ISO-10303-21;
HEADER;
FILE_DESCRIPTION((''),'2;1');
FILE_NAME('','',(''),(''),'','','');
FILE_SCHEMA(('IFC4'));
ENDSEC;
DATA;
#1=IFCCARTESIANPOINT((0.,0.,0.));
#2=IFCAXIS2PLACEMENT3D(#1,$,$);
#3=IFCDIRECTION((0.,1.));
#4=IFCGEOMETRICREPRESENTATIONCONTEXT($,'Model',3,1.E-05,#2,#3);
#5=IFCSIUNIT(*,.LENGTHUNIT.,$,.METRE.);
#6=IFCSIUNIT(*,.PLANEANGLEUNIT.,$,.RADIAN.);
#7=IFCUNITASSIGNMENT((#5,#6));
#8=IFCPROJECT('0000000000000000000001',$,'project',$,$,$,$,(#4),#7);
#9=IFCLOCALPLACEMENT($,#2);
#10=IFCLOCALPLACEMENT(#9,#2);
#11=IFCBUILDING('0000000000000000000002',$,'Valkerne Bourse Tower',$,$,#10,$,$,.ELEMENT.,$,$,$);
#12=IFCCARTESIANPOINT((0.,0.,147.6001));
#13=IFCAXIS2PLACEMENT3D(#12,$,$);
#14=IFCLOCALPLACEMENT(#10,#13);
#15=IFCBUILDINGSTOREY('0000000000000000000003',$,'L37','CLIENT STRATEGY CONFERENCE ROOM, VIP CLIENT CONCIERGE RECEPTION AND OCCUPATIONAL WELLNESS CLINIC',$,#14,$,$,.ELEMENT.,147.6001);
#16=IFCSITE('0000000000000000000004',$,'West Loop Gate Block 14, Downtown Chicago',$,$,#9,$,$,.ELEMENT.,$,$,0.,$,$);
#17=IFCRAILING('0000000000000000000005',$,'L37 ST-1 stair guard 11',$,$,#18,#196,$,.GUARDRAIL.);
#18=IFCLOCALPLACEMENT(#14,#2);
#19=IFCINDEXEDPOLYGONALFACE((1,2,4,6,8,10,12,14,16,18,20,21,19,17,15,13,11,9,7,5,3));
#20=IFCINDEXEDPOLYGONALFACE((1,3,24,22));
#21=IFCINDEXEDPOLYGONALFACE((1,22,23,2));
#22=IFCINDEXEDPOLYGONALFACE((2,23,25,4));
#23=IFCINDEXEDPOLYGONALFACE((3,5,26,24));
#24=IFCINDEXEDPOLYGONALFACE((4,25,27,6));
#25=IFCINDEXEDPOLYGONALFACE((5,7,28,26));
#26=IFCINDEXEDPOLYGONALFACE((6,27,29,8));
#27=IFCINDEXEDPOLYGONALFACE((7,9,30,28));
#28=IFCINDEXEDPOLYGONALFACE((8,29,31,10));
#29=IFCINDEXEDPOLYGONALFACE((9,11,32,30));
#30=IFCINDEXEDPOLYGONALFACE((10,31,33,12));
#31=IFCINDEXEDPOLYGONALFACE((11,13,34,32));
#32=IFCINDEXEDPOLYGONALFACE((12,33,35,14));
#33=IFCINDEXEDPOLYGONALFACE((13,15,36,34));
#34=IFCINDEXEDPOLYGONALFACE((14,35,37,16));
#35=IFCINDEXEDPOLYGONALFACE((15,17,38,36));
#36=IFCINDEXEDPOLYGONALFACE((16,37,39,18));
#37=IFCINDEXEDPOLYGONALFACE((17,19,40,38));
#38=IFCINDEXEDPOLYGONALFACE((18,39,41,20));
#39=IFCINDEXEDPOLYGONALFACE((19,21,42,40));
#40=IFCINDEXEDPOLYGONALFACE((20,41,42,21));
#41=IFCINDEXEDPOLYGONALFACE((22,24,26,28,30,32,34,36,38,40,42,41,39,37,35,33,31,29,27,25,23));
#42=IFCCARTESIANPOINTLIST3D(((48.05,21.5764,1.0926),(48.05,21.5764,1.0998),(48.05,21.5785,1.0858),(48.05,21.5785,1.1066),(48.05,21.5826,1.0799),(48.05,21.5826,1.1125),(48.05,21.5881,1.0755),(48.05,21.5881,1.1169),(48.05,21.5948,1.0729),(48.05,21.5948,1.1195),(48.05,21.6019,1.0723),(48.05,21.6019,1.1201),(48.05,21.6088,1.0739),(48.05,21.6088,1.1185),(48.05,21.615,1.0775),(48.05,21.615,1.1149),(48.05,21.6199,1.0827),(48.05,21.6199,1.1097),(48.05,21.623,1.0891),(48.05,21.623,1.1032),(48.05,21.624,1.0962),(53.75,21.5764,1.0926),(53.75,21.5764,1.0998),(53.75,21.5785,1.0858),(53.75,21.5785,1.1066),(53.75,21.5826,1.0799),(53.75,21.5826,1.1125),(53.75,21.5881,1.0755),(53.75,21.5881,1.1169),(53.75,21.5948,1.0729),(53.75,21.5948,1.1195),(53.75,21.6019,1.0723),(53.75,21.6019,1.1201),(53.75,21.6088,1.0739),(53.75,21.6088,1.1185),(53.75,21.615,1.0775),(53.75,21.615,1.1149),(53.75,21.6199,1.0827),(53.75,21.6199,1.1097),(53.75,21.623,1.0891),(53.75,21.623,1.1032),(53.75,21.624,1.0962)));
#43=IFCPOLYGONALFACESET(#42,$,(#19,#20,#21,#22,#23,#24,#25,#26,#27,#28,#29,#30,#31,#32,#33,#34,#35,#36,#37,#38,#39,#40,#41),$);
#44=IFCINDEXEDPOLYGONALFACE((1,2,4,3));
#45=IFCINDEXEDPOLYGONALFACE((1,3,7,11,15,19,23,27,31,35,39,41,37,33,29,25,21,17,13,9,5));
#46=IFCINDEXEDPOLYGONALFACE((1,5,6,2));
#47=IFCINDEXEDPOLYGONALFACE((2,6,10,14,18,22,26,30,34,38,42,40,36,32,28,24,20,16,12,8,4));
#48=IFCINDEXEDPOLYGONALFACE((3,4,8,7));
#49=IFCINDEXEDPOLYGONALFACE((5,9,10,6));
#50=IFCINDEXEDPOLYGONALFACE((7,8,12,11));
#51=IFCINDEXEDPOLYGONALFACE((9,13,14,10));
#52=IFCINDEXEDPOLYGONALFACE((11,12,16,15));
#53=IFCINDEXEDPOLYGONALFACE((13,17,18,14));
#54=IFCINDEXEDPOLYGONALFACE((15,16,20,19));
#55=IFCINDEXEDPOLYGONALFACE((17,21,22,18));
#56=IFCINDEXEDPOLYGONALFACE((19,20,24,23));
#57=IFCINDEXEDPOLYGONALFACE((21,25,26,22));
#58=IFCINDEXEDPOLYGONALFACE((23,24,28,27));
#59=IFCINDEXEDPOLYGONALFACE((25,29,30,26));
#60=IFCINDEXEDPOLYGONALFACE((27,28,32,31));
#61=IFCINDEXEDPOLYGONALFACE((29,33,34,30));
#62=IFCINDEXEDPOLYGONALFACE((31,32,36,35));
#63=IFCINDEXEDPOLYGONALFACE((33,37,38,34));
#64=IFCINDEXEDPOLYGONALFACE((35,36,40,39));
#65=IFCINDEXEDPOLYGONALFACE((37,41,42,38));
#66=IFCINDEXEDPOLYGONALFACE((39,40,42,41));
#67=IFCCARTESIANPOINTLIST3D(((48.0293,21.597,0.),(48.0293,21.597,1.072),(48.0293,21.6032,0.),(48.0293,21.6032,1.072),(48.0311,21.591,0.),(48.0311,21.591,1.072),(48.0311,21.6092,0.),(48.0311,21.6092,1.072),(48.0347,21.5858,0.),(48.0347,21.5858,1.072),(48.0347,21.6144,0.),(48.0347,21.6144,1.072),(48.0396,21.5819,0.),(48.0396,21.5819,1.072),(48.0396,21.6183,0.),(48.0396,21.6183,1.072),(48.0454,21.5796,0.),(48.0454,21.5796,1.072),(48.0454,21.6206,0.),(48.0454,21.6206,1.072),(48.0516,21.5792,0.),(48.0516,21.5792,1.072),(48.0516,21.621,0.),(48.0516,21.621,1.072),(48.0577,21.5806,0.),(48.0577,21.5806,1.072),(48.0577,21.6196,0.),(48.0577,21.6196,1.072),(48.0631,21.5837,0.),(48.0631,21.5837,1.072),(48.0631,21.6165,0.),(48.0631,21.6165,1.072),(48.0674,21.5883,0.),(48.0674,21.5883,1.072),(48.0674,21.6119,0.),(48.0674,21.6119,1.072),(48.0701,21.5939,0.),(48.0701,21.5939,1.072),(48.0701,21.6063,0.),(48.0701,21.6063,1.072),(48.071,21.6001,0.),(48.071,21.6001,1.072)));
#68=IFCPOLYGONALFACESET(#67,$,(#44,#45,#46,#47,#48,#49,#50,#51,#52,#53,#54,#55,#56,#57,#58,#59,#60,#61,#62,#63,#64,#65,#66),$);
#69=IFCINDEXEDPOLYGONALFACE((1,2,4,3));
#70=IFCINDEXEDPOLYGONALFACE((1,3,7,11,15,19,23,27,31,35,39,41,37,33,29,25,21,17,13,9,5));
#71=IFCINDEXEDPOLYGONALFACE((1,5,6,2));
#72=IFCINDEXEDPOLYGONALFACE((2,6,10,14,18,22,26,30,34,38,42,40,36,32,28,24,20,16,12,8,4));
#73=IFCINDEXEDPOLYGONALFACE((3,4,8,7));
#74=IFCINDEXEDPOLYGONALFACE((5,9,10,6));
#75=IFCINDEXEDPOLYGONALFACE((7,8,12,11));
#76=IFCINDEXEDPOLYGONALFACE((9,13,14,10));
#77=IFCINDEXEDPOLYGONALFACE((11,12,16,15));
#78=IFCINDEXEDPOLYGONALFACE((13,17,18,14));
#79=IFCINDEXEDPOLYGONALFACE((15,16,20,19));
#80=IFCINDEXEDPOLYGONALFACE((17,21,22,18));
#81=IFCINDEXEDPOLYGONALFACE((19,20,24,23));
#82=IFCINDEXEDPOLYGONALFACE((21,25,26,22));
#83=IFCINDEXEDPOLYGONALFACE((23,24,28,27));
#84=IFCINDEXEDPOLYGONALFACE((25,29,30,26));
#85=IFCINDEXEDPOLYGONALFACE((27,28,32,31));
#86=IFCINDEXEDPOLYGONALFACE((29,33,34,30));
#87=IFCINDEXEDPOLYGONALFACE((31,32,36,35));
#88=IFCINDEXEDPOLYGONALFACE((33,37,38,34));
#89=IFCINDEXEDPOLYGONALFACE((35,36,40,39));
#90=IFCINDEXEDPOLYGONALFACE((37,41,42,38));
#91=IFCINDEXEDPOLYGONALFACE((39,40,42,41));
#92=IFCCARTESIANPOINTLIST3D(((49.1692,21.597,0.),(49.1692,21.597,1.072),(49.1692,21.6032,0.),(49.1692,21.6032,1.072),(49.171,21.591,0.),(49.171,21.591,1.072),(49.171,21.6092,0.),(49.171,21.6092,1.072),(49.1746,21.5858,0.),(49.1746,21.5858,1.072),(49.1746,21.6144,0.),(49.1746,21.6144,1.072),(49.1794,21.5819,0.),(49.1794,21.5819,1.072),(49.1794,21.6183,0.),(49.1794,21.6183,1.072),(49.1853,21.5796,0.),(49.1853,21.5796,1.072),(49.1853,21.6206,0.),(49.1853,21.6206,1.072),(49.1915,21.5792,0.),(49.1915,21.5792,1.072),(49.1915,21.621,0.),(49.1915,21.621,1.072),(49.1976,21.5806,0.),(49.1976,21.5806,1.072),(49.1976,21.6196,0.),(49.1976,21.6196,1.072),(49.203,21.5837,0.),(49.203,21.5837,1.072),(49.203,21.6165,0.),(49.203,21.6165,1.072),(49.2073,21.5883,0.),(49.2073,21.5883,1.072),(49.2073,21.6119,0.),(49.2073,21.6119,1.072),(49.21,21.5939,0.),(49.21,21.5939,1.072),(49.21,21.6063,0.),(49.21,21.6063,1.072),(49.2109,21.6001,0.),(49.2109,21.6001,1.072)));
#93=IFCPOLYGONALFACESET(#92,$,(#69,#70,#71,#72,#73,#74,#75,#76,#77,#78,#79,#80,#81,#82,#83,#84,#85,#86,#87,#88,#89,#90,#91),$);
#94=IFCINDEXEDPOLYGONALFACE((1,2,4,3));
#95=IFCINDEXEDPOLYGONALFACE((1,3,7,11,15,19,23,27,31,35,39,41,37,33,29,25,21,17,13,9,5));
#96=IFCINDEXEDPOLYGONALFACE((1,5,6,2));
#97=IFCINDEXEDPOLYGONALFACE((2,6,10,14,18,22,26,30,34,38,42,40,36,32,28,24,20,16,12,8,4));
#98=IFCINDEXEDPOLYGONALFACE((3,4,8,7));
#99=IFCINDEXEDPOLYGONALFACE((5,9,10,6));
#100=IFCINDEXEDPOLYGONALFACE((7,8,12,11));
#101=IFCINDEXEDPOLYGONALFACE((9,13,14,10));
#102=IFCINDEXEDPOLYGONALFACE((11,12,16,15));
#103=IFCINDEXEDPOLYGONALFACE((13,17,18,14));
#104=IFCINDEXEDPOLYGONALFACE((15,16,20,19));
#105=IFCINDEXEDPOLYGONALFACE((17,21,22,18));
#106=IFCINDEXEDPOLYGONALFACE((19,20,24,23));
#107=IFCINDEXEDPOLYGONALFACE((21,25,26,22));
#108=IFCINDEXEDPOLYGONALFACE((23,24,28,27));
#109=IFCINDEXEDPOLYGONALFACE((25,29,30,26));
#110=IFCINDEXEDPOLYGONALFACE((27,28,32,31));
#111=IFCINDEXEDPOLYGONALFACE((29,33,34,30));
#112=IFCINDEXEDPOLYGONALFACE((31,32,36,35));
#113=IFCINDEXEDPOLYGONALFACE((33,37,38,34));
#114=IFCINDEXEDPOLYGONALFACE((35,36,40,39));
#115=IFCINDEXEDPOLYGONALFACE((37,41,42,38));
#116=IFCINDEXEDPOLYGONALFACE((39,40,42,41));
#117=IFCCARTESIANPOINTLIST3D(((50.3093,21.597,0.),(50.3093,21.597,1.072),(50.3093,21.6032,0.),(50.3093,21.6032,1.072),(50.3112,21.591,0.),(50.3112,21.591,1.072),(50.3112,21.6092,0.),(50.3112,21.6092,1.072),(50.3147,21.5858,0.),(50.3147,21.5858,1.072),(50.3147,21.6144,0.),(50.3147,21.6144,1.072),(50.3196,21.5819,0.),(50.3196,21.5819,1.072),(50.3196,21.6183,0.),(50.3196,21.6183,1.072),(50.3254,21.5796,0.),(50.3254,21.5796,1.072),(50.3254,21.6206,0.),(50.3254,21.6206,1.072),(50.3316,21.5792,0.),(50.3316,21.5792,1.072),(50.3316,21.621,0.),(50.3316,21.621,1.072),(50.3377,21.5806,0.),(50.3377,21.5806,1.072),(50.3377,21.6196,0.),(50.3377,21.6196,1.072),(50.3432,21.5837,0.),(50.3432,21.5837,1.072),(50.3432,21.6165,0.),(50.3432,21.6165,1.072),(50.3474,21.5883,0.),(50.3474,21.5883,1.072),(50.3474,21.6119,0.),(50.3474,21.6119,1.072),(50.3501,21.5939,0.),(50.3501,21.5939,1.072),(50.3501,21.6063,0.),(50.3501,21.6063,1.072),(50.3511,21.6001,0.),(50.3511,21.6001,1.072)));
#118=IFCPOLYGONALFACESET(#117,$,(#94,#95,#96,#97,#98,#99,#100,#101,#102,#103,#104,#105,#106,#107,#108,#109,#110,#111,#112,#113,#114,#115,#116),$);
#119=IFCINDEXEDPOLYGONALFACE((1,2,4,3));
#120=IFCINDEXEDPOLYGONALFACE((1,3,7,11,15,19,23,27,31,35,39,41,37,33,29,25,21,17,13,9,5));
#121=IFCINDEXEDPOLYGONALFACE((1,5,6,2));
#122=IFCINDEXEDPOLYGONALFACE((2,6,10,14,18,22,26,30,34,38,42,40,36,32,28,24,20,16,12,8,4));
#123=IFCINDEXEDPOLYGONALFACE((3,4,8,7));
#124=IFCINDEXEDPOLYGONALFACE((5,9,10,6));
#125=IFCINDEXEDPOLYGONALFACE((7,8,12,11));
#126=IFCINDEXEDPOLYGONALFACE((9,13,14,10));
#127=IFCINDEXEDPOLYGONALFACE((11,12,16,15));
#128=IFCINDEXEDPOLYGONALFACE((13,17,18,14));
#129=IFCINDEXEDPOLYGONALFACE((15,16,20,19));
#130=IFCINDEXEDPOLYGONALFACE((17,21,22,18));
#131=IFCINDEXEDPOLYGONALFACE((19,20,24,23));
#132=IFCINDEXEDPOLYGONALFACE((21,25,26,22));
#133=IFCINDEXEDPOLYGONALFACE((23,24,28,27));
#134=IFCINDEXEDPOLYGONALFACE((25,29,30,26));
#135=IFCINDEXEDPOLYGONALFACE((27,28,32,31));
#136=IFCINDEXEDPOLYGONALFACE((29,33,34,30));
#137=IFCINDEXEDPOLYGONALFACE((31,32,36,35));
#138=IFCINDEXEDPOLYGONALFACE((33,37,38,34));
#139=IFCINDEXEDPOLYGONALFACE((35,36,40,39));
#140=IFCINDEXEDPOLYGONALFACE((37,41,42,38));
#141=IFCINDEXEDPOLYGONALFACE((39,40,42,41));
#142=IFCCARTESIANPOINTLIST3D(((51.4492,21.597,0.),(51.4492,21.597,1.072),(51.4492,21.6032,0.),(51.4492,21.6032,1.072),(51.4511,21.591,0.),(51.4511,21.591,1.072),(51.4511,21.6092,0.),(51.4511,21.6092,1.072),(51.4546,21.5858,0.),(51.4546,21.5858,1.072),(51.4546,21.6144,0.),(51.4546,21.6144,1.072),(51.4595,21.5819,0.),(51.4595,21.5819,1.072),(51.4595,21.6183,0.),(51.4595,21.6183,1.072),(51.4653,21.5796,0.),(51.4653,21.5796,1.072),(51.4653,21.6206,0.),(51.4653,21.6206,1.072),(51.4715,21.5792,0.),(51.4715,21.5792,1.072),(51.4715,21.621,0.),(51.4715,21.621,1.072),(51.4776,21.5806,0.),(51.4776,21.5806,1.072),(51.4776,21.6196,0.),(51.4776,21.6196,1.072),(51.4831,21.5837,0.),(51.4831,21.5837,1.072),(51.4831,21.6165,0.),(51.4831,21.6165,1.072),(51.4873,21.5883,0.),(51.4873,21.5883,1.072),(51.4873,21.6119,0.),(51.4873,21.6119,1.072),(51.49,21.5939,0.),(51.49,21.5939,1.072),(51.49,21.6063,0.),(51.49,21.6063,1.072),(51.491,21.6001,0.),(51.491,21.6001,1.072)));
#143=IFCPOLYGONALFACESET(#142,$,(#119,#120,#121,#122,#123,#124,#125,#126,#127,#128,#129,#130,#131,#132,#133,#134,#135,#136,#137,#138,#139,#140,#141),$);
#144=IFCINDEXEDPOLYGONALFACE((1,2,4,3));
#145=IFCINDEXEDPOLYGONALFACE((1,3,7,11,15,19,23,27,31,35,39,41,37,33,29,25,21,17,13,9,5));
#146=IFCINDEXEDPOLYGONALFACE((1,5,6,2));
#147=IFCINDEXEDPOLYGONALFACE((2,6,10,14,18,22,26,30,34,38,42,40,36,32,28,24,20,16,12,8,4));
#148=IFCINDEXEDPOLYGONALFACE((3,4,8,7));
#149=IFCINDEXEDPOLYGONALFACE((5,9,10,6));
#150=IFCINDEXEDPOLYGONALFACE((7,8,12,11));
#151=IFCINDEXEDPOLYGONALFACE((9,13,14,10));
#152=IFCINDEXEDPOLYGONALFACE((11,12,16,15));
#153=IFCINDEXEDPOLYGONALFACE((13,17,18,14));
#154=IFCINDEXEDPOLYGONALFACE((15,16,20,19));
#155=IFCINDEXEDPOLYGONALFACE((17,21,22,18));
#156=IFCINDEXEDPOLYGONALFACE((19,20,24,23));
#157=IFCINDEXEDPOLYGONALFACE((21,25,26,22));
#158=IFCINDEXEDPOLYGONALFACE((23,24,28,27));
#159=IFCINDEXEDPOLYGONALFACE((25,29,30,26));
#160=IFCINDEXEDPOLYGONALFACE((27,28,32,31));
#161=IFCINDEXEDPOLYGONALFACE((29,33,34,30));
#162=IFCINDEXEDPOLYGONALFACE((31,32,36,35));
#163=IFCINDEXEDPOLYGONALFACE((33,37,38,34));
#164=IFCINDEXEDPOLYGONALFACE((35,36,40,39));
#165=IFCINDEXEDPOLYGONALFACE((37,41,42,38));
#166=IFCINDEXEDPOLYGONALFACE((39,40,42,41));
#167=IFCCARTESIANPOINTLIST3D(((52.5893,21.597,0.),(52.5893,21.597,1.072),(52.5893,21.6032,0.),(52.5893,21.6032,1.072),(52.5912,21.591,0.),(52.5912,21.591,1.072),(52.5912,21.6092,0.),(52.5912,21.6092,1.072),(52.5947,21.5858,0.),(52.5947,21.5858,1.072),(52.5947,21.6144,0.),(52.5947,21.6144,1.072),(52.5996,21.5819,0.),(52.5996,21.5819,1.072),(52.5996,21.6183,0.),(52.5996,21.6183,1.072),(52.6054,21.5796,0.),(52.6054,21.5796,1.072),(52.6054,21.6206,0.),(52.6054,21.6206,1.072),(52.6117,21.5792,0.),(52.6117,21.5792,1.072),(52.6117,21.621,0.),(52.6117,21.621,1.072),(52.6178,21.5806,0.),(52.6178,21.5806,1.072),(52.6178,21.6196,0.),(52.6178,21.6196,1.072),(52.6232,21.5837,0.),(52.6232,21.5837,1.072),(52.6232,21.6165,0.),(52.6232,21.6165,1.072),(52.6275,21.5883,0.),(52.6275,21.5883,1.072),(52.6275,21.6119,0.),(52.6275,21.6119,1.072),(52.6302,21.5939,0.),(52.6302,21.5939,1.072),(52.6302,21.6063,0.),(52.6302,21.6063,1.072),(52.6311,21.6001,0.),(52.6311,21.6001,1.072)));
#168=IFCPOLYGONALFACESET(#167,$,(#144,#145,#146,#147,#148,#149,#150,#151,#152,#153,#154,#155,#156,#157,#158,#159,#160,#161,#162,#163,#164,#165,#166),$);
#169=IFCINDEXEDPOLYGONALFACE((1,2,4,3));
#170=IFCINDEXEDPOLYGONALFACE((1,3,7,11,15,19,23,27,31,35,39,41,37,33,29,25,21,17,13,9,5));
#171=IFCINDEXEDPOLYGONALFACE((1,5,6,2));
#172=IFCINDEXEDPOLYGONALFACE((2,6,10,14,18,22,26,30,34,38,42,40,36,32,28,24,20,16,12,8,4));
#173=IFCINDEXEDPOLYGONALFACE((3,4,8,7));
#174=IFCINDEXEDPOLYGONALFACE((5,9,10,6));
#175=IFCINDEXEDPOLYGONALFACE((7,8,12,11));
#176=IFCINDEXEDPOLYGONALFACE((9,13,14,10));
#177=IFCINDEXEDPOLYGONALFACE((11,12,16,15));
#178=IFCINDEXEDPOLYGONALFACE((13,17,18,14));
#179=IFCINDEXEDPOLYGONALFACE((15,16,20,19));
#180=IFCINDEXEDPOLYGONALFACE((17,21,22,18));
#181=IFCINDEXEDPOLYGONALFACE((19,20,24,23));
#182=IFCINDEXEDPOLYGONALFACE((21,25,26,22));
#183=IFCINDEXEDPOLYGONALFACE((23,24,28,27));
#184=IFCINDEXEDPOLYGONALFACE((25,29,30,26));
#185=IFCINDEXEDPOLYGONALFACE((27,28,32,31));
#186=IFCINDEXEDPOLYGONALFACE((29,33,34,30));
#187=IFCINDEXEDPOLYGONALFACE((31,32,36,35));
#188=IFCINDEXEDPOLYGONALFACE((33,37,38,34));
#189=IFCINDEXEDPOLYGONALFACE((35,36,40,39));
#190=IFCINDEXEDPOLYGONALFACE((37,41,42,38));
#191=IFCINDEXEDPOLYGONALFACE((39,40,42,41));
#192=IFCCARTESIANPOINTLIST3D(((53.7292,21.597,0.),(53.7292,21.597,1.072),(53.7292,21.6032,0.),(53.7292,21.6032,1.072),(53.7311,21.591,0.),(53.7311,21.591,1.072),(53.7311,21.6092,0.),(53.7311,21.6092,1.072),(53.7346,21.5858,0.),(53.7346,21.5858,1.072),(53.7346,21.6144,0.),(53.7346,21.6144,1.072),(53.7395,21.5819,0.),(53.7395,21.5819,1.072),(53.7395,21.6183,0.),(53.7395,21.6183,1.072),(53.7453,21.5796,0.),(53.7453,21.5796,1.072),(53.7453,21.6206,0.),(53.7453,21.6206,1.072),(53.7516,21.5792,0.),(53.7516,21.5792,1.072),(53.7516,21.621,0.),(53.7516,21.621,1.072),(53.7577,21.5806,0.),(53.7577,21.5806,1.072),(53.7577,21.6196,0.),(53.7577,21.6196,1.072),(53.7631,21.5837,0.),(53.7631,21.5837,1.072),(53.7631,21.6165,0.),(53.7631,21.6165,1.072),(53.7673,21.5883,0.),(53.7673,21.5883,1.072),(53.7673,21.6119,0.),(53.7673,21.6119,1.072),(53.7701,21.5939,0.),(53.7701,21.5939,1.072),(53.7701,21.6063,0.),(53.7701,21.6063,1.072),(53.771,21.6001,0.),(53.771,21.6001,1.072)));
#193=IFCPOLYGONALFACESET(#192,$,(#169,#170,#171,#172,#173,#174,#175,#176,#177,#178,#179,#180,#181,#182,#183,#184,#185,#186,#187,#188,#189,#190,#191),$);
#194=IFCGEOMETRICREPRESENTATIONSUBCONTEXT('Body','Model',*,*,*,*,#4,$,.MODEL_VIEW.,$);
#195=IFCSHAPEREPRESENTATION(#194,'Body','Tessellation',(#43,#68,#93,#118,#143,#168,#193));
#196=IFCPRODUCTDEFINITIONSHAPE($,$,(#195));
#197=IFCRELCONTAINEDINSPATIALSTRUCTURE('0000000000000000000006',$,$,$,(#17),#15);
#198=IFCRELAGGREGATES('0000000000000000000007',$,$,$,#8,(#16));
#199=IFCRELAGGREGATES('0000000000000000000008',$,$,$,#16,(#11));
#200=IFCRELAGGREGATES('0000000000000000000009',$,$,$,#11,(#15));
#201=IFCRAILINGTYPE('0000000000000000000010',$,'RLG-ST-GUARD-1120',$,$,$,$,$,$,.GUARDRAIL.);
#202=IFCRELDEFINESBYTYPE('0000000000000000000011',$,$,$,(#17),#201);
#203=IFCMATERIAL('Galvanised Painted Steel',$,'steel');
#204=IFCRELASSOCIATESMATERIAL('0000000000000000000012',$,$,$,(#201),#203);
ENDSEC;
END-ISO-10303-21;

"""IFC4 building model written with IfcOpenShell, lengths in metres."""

from ifc_helpers import new_model, si_unit, direction, frame, origin, origin_2d, place, context, subcontext, project, spatial, circle, extrude, material, type_object, element, save


model = new_model("IFC4")

# Units and contexts
model_context = context("Model", 3, precision=1e-05, world=origin(), true_north=direction((0.0, 1.0)))
body_context = subcontext(model_context, "Body", "Model", "MODEL_VIEW")
ifc_project = project(units=[si_unit("LENGTHUNIT", "METRE"), si_unit("PLANEANGLEUNIT", "RADIAN")], contexts=[model_context])

# Site, building, storey
site_placement = place(None, origin())
site = spatial("IfcSite", under=ifc_project, at=site_placement, Name="West Loop Gate Block 14, Downtown Chicago", CompositionType="ELEMENT", RefElevation=0.0)
building_placement = place(site_placement, origin())
building = spatial("IfcBuilding", under=site, at=building_placement, Name="Valkerne Bourse Tower", CompositionType="ELEMENT")
storey_placement = place(building_placement, frame((0.0, 0.0, 147.6001)))
storey = spatial("IfcBuildingStorey", under=building, at=storey_placement, Name="L37", Description="CLIENT STRATEGY CONFERENCE ROOM, VIP CLIENT CONCIERGE RECEPTION AND OCCUPATIONAL WELLNESS CLINIC", CompositionType="ELEMENT", Elevation=147.6001)

# Shared definitions
ifc_material_1 = material(Name="Galvanised Painted Steel", Category="steel")

# Railing
railing_type_1 = type_object("IfcRailingType", Name="RLG-ST-GUARD-1120", PredefinedType="GUARDRAIL", material=ifc_material_1)
for number, where, name in (
    (1, (48.05, 21.6001, 0.0), "L37 ST-1 stair guard 11"),
):
    element("IfcRailing", number, at=place(storey_placement, frame(where)), inside=storey, type_object=railing_type_1, Name=name, PredefinedType="GUARDRAIL", context=body_context, shape_type="SweptSolid", body=[
        extrude(circle(Radius=0.0239, at=origin_2d()), frame((0.0, 0.0, 1.0962), z_axis=(1.0, 0.0, 0.0), x_axis=(0.0, 1.0, 0.0)), (0.0, 0.0, 1.0), 5.7),
        extrude(circle(Radius=0.021, at=origin_2d()), origin(), (0.0, 0.0, 1.0), 1.072),
        extrude(circle(Radius=0.021, at=origin_2d()), frame((1.1399, 0.0, 0.0)), (0.0, 0.0, 1.0), 1.072),
        extrude(circle(Radius=0.021, at=origin_2d()), frame((2.28, 0.0, 0.0)), (0.0, 0.0, 1.0), 1.072),
        extrude(circle(Radius=0.021, at=origin_2d()), frame((3.4199, 0.0, 0.0)), (0.0, 0.0, 1.0), 1.072),
        extrude(circle(Radius=0.021, at=origin_2d()), frame((4.5601, 0.0, 0.0)), (0.0, 0.0, 1.0), 1.072),
        extrude(circle(Radius=0.021, at=origin_2d()), frame((5.7, 0.0, 0.0)), (0.0, 0.0, 1.0), 1.072),
    ])

save(model, "model.ifc")
